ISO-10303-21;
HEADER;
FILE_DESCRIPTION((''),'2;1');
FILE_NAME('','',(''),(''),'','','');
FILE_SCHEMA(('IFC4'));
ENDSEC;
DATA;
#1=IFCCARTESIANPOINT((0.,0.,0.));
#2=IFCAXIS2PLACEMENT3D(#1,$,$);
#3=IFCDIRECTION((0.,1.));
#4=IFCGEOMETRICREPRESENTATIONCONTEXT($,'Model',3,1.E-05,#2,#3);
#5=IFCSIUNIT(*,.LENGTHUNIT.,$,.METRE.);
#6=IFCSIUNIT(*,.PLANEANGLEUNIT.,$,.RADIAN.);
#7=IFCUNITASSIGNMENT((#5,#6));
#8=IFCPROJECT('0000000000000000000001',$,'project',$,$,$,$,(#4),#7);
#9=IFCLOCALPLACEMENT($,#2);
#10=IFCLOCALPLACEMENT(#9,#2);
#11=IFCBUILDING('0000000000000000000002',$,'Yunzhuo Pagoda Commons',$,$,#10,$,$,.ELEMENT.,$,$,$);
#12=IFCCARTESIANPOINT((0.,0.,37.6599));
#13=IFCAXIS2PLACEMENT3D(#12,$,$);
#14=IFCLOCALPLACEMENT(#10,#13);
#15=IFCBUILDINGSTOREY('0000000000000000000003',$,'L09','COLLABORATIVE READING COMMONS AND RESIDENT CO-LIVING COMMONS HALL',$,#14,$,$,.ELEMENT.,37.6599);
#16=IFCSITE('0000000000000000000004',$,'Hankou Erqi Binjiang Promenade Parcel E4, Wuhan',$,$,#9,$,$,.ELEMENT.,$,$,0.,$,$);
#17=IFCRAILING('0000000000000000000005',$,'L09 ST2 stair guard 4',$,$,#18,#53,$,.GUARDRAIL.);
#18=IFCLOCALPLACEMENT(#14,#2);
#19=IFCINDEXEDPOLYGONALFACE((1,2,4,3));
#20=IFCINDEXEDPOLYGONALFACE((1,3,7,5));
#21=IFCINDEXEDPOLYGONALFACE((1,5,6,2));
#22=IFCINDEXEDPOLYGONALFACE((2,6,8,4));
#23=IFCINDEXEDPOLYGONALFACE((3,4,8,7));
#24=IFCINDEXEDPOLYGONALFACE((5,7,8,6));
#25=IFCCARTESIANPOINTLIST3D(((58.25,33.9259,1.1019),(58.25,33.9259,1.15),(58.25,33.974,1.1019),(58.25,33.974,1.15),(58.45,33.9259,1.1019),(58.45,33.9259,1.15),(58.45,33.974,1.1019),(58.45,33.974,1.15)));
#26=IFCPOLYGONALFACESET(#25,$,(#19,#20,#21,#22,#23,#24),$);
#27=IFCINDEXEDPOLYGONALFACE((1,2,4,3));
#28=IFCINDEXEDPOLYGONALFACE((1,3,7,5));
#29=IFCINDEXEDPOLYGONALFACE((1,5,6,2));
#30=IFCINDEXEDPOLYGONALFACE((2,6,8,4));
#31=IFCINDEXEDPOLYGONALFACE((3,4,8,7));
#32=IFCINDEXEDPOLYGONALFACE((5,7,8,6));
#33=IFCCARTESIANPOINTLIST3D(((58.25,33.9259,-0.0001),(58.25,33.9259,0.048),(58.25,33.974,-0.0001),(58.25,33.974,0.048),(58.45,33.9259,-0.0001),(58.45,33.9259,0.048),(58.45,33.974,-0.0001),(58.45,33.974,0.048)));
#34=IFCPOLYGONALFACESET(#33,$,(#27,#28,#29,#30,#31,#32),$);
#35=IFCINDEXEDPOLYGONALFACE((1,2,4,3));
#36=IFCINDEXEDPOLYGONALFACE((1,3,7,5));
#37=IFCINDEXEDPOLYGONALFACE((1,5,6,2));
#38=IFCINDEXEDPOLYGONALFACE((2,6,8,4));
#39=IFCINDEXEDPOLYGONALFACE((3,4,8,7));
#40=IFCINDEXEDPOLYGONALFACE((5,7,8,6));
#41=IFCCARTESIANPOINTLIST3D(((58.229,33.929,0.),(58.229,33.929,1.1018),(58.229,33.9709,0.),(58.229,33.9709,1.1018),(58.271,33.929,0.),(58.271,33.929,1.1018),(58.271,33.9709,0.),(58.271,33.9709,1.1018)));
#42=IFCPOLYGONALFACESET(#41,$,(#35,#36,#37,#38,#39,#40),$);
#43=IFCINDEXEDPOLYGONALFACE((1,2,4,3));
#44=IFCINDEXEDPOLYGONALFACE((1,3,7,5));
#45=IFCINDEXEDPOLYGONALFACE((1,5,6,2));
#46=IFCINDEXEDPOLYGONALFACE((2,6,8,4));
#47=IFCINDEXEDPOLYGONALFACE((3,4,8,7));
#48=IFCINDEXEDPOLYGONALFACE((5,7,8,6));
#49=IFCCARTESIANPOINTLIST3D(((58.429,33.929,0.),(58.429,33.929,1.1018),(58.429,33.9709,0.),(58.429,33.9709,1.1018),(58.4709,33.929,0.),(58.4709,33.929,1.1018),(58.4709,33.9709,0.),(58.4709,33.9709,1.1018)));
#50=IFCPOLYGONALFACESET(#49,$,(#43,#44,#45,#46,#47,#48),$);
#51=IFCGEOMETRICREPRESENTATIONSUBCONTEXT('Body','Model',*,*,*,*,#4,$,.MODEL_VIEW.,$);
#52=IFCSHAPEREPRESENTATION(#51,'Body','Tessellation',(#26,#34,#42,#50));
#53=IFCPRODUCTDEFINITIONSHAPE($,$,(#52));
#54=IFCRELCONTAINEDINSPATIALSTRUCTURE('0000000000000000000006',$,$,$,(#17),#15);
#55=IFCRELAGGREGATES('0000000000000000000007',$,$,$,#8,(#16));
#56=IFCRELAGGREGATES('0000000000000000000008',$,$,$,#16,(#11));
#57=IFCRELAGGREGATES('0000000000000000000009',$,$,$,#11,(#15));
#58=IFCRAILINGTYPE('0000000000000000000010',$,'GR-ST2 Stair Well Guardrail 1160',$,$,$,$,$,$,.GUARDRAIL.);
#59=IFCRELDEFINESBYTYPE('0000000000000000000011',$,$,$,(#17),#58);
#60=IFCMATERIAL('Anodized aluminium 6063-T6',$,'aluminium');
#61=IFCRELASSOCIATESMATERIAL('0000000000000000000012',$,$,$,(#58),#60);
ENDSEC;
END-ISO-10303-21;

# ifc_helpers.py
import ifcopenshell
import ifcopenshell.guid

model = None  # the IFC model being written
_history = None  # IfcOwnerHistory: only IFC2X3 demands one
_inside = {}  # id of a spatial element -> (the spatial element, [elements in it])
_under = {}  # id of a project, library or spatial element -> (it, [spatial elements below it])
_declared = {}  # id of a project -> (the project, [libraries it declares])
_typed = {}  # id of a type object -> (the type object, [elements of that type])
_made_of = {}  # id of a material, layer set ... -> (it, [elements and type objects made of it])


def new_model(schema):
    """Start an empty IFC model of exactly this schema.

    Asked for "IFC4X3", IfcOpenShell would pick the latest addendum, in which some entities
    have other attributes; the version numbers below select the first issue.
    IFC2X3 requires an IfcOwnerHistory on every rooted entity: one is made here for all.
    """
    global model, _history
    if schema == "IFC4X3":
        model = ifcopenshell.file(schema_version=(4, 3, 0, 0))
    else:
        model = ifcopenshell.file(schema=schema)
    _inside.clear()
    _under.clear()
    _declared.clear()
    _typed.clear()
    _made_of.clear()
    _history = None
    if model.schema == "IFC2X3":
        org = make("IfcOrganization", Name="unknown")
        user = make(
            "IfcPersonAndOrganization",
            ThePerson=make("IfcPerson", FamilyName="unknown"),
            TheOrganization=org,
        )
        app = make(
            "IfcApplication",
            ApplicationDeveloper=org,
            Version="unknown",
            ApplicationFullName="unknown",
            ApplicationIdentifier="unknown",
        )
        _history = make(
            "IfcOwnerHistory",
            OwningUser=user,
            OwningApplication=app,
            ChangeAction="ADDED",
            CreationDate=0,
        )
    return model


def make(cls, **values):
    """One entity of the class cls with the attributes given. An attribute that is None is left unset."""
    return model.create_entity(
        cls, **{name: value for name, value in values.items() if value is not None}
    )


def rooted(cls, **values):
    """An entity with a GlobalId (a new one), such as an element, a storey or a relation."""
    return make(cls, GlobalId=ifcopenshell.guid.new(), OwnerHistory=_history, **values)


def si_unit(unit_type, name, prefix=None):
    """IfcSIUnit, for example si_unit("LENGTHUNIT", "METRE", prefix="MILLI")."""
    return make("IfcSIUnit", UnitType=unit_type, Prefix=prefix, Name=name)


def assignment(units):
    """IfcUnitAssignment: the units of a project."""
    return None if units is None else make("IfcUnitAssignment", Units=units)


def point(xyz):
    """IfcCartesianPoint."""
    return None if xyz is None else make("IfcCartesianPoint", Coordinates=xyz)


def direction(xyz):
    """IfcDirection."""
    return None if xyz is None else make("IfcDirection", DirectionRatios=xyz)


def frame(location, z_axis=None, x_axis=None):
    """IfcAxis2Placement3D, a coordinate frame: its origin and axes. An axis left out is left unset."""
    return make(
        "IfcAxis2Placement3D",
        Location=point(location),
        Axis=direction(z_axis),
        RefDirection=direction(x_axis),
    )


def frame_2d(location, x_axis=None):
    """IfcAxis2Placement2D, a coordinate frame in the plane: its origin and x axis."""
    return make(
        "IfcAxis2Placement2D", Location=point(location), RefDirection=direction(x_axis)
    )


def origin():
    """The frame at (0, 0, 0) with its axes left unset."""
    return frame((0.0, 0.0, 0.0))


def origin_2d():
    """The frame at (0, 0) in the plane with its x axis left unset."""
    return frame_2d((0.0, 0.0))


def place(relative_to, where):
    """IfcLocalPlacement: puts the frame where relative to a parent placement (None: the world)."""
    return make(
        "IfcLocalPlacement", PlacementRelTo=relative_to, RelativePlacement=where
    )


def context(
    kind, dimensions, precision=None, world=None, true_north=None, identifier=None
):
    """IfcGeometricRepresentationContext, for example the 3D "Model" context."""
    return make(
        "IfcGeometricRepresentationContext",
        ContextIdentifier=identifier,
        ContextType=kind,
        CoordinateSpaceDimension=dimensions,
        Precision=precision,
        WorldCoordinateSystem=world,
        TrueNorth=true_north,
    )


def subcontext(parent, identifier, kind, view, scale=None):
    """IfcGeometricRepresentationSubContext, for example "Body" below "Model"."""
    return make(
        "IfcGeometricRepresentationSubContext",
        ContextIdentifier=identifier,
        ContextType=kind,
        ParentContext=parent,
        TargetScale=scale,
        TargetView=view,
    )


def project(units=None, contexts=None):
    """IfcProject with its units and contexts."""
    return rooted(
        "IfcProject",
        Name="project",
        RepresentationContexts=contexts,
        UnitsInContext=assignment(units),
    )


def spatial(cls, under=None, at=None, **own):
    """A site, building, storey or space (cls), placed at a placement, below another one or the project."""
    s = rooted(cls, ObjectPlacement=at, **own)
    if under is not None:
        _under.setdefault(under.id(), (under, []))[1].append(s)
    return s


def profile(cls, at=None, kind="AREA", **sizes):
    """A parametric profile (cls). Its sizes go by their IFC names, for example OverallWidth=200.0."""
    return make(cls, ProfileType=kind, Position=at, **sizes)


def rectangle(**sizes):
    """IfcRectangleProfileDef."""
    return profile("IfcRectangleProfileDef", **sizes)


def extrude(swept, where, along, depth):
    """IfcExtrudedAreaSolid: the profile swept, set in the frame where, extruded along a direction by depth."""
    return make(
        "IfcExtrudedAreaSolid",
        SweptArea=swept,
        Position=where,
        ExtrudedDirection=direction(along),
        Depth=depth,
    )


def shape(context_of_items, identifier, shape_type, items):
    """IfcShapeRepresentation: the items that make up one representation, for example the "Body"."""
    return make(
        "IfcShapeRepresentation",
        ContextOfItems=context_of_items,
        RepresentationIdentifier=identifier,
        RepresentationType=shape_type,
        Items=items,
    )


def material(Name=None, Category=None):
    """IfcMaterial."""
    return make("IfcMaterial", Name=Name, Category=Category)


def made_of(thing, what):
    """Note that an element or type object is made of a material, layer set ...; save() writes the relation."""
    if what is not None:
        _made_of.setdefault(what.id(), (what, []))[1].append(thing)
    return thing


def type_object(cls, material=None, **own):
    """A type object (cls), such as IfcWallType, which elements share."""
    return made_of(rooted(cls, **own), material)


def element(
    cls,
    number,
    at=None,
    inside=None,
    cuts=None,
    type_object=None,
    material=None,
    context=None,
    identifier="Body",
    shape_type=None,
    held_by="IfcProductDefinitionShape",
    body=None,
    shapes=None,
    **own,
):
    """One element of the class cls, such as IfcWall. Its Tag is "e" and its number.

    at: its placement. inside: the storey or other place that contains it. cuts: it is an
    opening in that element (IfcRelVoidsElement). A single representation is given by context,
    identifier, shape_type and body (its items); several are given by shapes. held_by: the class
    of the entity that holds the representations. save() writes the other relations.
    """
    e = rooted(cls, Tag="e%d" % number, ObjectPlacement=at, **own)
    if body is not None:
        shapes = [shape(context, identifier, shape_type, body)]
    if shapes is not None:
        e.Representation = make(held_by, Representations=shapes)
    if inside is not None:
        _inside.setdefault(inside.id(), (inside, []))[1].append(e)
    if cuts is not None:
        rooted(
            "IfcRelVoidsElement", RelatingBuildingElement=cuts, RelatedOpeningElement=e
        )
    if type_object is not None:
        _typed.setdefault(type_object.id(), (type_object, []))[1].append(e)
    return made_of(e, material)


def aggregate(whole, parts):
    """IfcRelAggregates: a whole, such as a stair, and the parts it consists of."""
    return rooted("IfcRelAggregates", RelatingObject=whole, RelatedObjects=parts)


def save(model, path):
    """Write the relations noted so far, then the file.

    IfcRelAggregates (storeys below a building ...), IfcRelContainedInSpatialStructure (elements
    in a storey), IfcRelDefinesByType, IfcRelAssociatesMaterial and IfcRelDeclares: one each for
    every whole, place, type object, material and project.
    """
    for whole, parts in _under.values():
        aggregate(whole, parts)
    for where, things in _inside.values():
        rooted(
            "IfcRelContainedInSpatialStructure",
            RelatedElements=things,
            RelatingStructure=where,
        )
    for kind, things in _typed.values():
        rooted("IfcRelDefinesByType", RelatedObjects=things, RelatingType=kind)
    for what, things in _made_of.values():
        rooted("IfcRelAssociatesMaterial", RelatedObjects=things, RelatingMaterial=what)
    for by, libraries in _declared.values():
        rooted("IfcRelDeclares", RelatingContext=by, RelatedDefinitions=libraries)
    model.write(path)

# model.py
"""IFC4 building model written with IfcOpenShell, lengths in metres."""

from ifc_helpers import new_model, si_unit, direction, frame, origin, origin_2d, place, context, subcontext, project, spatial, rectangle, extrude, material, type_object, element, save


model = new_model("IFC4")

# Units and contexts
model_context = context("Model", 3, precision=1e-05, world=origin(), true_north=direction((0.0, 1.0)))
body_context = subcontext(model_context, "Body", "Model", "MODEL_VIEW")
ifc_project = project(units=[si_unit("LENGTHUNIT", "METRE"), si_unit("PLANEANGLEUNIT", "RADIAN")], contexts=[model_context])

# Site, building, storey
site_placement = place(None, origin())
site = spatial("IfcSite", under=ifc_project, at=site_placement, Name="Hankou Erqi Binjiang Promenade Parcel E4, Wuhan", CompositionType="ELEMENT", RefElevation=0.0)
building_placement = place(site_placement, origin())
building = spatial("IfcBuilding", under=site, at=building_placement, Name="Yunzhuo Pagoda Commons", CompositionType="ELEMENT")
storey_placement = place(building_placement, frame((0.0, 0.0, 37.6599)))
storey = spatial("IfcBuildingStorey", under=building, at=storey_placement, Name="L09", Description="COLLABORATIVE READING COMMONS AND RESIDENT CO-LIVING COMMONS HALL", CompositionType="ELEMENT", Elevation=37.6599)

# Railing
ifc_material_1 = material(Name="Anodized aluminium 6063-T6", Category="aluminium")
railing_type = type_object("IfcRailingType", Name="GR-ST2 Stair Well Guardrail 1160", PredefinedType="GUARDRAIL", material=ifc_material_1)
railing_placement = place(storey_placement, frame((58.25, 33.95, 0.0)))
element("IfcRailing", 1, at=railing_placement, inside=storey, type_object=railing_type, Name="L09 ST2 stair guard 4", PredefinedType="GUARDRAIL", context=body_context, shape_type="SweptSolid", body=[
    extrude(rectangle(XDim=0.0481, YDim=0.0481, at=origin_2d()), frame((0.0, 0.0, 1.126), z_axis=(1.0, 0.0, 0.0), x_axis=(0.0, 1.0, 0.0)), (0.0, 0.0, 1.0), 0.2),
    extrude(rectangle(XDim=0.0481, YDim=0.0481, at=origin_2d()), frame((0.0, 0.0, 0.0239), z_axis=(1.0, 0.0, 0.0), x_axis=(0.0, 1.0, 0.0)), (0.0, 0.0, 1.0), 0.2),
    extrude(rectangle(XDim=0.042, YDim=0.042, at=origin_2d()), origin(), (0.0, 0.0, 1.0), 1.1018),
    extrude(rectangle(XDim=0.042, YDim=0.042, at=origin_2d()), frame((0.2, 0.0, 0.0)), (0.0, 0.0, 1.0), 1.1018),
])

save(model, "model.ifc")
